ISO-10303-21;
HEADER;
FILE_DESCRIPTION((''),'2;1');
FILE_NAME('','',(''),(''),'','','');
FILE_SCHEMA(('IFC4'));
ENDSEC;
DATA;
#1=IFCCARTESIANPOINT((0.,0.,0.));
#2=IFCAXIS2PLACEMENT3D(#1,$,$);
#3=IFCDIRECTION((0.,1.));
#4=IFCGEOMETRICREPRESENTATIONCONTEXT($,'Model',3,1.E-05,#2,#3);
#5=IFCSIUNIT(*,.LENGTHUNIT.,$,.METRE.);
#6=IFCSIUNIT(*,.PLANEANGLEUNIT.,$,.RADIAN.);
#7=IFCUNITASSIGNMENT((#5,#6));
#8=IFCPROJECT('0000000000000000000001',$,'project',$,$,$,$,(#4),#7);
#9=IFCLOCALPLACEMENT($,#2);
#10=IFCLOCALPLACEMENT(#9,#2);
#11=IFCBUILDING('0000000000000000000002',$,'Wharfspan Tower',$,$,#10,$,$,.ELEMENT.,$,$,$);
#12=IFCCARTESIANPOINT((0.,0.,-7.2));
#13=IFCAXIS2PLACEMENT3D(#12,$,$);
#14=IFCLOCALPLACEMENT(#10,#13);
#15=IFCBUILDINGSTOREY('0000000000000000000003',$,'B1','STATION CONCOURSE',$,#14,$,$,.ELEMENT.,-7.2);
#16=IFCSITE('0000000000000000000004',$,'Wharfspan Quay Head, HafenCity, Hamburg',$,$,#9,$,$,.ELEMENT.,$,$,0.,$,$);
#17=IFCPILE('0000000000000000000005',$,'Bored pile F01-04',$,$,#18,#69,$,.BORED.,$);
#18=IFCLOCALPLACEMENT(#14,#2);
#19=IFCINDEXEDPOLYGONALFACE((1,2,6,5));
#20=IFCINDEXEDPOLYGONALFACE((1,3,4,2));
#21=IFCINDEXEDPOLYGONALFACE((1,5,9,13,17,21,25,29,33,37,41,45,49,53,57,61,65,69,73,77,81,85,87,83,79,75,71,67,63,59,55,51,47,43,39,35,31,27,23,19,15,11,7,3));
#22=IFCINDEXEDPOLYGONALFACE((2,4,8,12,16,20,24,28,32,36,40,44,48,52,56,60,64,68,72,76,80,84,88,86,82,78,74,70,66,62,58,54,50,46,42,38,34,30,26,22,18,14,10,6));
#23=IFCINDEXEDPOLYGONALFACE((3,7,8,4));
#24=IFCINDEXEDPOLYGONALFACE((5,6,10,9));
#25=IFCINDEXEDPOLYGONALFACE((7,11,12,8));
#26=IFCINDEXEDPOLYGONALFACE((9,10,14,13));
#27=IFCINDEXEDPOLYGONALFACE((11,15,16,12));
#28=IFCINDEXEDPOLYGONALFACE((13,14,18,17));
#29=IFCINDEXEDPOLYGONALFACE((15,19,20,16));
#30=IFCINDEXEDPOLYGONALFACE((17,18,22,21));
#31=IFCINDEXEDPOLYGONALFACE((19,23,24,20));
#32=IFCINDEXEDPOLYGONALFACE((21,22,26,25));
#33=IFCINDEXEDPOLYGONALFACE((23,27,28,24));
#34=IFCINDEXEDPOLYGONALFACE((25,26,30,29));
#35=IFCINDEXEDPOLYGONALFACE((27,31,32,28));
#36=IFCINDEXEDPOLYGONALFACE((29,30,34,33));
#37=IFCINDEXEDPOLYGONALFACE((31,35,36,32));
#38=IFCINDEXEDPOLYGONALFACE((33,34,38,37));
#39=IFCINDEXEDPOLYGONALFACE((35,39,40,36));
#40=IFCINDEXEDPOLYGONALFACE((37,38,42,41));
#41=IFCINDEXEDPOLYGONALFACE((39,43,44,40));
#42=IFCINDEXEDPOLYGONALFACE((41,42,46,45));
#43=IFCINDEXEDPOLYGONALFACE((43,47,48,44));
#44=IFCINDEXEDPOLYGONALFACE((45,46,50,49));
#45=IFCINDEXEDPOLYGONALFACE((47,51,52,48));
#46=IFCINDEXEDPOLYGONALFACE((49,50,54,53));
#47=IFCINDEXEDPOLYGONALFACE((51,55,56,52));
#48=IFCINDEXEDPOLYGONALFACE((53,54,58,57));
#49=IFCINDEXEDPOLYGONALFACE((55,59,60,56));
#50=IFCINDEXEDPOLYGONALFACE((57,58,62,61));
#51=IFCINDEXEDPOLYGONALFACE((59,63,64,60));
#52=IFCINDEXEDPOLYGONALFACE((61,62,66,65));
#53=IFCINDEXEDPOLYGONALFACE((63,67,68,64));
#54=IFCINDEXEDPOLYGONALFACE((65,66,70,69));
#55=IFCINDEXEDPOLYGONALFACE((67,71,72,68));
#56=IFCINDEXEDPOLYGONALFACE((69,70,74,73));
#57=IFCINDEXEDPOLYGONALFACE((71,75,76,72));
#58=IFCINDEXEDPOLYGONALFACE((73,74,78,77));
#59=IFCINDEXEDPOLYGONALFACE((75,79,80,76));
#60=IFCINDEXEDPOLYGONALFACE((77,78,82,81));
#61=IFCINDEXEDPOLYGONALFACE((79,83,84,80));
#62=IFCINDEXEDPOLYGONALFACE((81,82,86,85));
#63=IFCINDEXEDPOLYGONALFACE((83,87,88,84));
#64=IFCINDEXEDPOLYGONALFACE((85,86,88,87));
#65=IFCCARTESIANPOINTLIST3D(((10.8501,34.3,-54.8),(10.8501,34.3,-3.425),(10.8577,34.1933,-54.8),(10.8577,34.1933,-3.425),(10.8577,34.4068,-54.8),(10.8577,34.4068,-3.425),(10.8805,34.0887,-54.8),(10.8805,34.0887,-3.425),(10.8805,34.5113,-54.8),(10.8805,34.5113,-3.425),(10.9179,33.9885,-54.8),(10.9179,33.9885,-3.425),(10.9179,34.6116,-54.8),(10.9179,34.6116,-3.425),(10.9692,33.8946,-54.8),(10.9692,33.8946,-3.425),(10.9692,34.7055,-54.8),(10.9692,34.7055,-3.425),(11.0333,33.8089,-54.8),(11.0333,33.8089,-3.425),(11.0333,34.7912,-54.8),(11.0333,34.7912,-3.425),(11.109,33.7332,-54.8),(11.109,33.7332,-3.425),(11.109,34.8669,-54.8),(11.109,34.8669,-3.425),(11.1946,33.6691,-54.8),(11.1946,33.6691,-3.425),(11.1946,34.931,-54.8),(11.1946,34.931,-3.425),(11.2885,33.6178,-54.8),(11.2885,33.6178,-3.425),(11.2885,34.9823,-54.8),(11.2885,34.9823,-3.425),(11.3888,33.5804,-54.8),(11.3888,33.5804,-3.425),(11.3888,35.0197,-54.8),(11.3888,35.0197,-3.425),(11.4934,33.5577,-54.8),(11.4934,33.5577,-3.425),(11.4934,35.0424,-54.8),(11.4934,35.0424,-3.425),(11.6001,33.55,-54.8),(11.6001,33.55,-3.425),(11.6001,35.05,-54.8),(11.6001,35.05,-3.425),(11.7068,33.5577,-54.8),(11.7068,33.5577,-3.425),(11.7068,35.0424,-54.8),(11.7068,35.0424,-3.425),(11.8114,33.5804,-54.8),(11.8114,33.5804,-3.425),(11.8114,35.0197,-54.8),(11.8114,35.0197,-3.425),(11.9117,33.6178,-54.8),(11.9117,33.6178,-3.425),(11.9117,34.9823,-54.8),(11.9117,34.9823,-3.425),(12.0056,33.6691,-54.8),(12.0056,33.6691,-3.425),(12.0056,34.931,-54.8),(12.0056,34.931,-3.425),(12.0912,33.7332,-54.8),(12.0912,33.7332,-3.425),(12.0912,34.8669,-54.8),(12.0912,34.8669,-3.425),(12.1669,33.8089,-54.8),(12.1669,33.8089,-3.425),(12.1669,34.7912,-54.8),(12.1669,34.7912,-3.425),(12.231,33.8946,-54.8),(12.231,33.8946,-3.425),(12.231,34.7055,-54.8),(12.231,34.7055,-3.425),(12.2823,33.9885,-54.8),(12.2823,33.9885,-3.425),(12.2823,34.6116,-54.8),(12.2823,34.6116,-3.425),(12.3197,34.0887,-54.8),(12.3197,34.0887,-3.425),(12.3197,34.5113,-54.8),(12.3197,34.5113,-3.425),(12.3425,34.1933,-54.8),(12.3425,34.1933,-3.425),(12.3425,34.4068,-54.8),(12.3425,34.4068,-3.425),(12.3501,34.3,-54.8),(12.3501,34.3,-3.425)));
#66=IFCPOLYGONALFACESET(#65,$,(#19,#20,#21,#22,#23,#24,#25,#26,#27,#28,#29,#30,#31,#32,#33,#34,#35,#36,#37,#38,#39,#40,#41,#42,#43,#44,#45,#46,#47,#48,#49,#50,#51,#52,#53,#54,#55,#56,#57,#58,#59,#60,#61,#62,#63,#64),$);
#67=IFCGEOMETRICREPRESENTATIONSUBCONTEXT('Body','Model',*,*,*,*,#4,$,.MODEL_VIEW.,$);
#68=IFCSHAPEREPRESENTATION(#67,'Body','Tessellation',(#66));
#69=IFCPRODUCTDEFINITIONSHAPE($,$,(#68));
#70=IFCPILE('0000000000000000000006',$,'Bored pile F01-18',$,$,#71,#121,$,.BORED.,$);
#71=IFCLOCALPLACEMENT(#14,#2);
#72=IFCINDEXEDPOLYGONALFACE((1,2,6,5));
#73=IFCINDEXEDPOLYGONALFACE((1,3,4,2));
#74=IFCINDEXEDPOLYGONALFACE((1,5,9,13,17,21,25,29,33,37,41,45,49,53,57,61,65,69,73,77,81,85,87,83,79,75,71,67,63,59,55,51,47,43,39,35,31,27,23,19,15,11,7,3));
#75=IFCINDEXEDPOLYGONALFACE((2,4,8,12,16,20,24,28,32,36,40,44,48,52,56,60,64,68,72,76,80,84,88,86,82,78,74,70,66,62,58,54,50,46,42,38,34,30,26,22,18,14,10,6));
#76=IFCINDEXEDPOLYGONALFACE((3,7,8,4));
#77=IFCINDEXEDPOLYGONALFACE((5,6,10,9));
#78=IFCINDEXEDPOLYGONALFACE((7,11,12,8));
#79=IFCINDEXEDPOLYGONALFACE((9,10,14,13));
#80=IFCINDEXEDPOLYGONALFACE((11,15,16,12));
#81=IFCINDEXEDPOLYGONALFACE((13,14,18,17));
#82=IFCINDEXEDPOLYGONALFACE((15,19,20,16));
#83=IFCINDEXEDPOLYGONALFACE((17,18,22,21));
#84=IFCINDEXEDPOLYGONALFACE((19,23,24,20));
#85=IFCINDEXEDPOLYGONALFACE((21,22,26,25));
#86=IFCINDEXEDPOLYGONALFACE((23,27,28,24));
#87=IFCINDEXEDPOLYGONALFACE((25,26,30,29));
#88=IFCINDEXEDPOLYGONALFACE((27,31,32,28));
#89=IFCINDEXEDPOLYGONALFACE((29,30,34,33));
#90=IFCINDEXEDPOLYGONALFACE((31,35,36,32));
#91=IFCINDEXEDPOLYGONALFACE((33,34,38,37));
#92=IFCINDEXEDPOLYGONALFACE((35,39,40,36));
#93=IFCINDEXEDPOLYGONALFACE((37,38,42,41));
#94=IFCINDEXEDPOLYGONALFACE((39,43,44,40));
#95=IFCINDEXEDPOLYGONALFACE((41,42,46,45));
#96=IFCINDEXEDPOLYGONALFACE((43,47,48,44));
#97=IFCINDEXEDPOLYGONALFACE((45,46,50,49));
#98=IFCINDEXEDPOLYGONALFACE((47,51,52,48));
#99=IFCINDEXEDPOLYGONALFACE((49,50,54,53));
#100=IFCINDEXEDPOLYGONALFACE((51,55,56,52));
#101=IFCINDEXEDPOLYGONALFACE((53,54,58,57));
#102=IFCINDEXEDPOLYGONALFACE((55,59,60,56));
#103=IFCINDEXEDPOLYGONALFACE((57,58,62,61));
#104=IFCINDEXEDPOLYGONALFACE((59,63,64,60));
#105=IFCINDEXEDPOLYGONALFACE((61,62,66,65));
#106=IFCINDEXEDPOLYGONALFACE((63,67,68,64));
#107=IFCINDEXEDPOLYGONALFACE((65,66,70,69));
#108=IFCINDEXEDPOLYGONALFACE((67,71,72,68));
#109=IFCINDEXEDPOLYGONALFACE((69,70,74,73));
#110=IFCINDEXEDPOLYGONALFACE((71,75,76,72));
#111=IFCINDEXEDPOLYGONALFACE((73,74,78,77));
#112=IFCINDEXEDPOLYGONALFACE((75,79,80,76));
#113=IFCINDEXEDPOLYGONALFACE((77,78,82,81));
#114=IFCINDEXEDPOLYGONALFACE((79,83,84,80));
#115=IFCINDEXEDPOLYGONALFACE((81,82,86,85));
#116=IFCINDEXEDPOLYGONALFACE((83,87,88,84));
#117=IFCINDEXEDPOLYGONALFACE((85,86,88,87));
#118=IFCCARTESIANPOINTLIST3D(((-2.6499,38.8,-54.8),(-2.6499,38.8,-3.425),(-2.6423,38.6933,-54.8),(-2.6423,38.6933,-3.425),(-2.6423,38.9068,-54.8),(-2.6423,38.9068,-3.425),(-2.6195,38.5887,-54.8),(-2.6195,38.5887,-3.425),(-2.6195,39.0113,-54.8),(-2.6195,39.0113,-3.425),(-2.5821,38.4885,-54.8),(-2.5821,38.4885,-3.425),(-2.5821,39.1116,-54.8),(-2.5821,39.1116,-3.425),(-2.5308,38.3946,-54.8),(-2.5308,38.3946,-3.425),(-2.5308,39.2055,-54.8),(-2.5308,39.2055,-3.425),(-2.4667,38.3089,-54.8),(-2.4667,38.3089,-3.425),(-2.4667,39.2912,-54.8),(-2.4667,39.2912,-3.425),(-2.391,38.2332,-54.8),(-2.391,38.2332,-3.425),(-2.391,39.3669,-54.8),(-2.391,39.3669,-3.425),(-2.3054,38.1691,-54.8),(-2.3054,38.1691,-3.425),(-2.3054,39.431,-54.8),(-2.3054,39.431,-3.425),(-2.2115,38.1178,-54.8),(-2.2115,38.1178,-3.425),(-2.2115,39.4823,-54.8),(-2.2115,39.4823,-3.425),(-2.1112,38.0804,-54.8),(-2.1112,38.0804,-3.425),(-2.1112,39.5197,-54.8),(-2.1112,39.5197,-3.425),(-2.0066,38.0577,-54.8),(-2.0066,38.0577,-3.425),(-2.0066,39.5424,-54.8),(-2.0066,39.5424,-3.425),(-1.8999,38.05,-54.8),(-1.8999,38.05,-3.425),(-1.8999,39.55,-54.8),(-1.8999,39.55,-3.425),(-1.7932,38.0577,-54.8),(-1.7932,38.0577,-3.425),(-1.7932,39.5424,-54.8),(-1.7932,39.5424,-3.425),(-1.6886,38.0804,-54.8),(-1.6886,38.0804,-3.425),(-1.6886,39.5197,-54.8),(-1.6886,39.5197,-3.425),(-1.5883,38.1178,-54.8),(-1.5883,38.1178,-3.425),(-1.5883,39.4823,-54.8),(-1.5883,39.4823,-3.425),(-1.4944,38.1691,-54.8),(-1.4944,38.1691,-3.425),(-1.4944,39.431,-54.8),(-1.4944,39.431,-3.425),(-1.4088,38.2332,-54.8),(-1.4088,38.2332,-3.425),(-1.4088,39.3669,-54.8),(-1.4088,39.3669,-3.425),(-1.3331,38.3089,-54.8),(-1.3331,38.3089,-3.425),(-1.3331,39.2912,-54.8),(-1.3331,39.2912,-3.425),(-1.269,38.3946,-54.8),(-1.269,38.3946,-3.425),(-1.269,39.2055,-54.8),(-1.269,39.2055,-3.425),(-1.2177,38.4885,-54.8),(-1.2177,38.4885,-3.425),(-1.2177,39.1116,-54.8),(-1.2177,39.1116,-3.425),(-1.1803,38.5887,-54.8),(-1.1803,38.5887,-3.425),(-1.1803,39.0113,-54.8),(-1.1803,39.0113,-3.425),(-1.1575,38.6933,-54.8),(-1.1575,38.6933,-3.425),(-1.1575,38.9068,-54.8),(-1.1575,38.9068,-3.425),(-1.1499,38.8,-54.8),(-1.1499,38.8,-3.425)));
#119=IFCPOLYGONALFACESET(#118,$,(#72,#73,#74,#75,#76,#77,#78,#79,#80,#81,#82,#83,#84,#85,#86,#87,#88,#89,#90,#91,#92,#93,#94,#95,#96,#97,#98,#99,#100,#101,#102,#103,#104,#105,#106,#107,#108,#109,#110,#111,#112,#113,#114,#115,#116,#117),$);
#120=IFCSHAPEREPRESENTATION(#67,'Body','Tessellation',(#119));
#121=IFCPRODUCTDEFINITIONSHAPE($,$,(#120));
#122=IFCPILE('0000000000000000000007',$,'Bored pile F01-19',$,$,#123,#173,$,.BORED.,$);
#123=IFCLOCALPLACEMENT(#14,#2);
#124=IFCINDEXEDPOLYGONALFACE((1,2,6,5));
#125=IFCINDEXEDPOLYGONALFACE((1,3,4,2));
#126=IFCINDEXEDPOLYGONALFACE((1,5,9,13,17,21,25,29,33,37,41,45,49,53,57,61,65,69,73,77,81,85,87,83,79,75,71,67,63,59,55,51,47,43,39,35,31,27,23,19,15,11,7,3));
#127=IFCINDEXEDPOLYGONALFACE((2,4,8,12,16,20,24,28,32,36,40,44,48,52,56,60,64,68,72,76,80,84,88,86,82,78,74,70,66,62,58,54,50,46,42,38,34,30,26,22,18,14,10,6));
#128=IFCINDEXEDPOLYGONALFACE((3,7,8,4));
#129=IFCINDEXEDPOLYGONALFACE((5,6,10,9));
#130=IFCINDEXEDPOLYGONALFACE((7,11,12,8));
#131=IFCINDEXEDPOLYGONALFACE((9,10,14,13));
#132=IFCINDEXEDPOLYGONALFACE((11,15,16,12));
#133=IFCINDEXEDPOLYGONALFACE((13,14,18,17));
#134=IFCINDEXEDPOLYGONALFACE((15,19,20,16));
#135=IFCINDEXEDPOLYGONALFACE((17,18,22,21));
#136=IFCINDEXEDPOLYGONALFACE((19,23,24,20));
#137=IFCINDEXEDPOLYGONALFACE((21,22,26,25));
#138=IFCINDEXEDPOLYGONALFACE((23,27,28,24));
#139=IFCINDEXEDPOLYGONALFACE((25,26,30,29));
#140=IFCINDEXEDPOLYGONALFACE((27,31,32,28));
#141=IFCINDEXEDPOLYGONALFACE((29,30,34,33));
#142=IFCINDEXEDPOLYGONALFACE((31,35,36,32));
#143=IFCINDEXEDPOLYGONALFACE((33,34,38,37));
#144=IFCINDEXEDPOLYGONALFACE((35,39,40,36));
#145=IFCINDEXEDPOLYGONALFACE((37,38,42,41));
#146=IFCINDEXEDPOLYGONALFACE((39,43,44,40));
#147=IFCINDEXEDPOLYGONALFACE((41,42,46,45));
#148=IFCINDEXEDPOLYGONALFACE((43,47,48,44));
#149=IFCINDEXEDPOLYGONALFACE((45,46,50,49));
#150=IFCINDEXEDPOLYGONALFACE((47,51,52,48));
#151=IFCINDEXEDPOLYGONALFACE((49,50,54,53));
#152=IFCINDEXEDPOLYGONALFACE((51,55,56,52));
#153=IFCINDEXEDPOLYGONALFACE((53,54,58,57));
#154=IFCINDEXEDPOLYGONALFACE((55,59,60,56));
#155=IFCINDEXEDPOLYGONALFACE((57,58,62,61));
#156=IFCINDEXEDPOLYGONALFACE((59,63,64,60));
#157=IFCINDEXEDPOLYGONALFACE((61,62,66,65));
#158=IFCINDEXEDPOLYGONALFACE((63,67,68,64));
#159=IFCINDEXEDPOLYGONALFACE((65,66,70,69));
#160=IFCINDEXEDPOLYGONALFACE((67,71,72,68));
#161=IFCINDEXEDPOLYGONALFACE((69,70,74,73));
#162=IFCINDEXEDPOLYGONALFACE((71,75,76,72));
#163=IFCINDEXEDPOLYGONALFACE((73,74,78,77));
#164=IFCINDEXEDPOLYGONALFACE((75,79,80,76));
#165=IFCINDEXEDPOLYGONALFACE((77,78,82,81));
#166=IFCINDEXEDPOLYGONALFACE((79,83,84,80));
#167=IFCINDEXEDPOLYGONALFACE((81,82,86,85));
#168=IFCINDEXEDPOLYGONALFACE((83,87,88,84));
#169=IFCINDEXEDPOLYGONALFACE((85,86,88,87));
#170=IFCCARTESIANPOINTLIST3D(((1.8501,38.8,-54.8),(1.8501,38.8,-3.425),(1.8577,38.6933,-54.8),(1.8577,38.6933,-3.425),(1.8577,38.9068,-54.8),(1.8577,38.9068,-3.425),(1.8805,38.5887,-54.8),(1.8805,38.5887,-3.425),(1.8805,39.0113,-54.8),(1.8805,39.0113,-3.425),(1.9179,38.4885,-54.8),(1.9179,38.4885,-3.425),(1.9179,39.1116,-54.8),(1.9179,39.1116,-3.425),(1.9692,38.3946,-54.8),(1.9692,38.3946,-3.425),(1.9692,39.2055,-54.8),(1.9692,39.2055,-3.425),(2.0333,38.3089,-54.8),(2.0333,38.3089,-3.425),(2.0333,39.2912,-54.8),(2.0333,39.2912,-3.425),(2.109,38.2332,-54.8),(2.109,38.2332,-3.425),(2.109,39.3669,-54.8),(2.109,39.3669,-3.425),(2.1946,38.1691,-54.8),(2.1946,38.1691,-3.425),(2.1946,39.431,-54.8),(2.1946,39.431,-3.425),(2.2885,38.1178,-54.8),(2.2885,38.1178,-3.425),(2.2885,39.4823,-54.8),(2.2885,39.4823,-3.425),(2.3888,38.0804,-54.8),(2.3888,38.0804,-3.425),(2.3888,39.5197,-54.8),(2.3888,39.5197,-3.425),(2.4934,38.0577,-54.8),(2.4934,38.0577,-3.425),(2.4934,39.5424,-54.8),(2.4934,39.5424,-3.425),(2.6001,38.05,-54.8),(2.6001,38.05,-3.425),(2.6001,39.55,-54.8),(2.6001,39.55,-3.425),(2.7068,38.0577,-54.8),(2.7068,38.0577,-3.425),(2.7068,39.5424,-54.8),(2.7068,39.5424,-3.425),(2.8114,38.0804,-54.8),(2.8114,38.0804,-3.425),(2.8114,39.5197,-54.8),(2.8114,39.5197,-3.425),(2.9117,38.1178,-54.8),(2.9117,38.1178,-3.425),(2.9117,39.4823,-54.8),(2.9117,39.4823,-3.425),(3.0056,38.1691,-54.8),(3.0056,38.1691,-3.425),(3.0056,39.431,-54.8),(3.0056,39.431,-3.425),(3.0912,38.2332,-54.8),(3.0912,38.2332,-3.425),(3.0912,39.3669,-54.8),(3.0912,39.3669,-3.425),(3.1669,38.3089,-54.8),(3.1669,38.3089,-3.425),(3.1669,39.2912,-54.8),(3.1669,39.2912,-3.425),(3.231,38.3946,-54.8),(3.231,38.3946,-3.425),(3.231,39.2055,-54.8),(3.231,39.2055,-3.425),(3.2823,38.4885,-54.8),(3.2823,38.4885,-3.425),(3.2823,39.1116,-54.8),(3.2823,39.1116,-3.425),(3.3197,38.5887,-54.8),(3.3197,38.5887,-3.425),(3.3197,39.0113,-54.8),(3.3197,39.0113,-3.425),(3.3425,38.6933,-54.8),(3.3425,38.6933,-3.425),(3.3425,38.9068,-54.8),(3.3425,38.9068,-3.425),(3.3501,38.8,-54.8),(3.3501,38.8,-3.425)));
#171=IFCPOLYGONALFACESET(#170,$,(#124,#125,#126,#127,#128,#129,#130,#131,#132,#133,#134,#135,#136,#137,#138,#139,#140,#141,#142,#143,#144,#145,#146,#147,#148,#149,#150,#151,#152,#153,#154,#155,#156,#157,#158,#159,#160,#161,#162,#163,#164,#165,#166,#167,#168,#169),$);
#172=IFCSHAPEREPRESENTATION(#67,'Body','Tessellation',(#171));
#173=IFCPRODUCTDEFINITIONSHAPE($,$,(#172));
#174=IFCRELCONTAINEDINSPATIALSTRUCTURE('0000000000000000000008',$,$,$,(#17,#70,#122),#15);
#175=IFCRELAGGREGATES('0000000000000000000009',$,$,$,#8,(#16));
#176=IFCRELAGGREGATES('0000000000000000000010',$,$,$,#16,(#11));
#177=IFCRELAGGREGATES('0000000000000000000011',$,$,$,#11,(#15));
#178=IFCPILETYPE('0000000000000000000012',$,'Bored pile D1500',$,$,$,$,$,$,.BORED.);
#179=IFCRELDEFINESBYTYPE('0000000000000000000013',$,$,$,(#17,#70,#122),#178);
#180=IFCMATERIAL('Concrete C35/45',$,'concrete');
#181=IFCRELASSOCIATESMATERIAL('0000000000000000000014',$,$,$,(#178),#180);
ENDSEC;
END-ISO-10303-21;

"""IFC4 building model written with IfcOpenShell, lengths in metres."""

from ifc_helpers import new_model, si_unit, direction, frame, origin, origin_2d, place, context, subcontext, project, spatial, circle, extrude, material, material_profile, profile_set, type_object, element, save


model = new_model("IFC4")

# Units and contexts
model_context = context("Model", 3, precision=1e-05, world=origin(), true_north=direction((0.0, 1.0)))
body_context = subcontext(model_context, "Body", "Model", "MODEL_VIEW")
ifc_project = project(units=[si_unit("LENGTHUNIT", "METRE"), si_unit("PLANEANGLEUNIT", "RADIAN")], contexts=[model_context])

# Site, building, storey
site_placement = place(None, origin())
site = spatial("IfcSite", under=ifc_project, at=site_placement, Name="Wharfspan Quay Head, HafenCity, Hamburg", CompositionType="ELEMENT", RefElevation=0.0)
building_placement = place(site_placement, origin())
building = spatial("IfcBuilding", under=site, at=building_placement, Name="Wharfspan Tower", CompositionType="ELEMENT")
storey_placement = place(building_placement, frame((0.0, 0.0, -7.2)))
storey = spatial("IfcBuildingStorey", under=building, at=storey_placement, Name="B1", Description="STATION CONCOURSE", CompositionType="ELEMENT", Elevation=-7.2)

# Piles
ifc_material_1 = material(Name="Concrete C35/45", Category="concrete")
ifc_material_profile_1 = material_profile(ifc_material_1, circle(Radius=0.75, at=origin_2d()))
ifc_profile_set_1 = profile_set([ifc_material_profile_1], Name="Concrete C35/45")
pile_type = type_object("IfcPileType", Name="Bored pile D1500", PredefinedType="BORED", material=ifc_profile_set_1)
for number, where, z_axis, x_axis, name in (
    (1, (11.6001, 34.3, -3.425), (0.0, 0.0, -1.0), (1.0, 0.0, 0.0), "Bored pile F01-04"),
    (2, (-1.8999, 38.8, -3.425), (0.0, 0.0, -1.0), (1.0, 0.0, 0.0), "Bored pile F01-18"),
    (3, (2.6001, 38.8, -3.425), (0.0, 0.0, -1.0), (1.0, 0.0, 0.0), "Bored pile F01-19"),
):
    element("IfcPile", number, at=place(storey_placement, frame(where, z_axis=z_axis, x_axis=x_axis)), inside=storey, type_object=pile_type, Name=name, PredefinedType="BORED", context=body_context, shape_type="SweptSolid", body=[
        extrude(circle(Radius=0.75, at=origin_2d()), origin(), (0.0, 0.0, 1.0), 51.375),
    ])

save(model, "model.ifc")
